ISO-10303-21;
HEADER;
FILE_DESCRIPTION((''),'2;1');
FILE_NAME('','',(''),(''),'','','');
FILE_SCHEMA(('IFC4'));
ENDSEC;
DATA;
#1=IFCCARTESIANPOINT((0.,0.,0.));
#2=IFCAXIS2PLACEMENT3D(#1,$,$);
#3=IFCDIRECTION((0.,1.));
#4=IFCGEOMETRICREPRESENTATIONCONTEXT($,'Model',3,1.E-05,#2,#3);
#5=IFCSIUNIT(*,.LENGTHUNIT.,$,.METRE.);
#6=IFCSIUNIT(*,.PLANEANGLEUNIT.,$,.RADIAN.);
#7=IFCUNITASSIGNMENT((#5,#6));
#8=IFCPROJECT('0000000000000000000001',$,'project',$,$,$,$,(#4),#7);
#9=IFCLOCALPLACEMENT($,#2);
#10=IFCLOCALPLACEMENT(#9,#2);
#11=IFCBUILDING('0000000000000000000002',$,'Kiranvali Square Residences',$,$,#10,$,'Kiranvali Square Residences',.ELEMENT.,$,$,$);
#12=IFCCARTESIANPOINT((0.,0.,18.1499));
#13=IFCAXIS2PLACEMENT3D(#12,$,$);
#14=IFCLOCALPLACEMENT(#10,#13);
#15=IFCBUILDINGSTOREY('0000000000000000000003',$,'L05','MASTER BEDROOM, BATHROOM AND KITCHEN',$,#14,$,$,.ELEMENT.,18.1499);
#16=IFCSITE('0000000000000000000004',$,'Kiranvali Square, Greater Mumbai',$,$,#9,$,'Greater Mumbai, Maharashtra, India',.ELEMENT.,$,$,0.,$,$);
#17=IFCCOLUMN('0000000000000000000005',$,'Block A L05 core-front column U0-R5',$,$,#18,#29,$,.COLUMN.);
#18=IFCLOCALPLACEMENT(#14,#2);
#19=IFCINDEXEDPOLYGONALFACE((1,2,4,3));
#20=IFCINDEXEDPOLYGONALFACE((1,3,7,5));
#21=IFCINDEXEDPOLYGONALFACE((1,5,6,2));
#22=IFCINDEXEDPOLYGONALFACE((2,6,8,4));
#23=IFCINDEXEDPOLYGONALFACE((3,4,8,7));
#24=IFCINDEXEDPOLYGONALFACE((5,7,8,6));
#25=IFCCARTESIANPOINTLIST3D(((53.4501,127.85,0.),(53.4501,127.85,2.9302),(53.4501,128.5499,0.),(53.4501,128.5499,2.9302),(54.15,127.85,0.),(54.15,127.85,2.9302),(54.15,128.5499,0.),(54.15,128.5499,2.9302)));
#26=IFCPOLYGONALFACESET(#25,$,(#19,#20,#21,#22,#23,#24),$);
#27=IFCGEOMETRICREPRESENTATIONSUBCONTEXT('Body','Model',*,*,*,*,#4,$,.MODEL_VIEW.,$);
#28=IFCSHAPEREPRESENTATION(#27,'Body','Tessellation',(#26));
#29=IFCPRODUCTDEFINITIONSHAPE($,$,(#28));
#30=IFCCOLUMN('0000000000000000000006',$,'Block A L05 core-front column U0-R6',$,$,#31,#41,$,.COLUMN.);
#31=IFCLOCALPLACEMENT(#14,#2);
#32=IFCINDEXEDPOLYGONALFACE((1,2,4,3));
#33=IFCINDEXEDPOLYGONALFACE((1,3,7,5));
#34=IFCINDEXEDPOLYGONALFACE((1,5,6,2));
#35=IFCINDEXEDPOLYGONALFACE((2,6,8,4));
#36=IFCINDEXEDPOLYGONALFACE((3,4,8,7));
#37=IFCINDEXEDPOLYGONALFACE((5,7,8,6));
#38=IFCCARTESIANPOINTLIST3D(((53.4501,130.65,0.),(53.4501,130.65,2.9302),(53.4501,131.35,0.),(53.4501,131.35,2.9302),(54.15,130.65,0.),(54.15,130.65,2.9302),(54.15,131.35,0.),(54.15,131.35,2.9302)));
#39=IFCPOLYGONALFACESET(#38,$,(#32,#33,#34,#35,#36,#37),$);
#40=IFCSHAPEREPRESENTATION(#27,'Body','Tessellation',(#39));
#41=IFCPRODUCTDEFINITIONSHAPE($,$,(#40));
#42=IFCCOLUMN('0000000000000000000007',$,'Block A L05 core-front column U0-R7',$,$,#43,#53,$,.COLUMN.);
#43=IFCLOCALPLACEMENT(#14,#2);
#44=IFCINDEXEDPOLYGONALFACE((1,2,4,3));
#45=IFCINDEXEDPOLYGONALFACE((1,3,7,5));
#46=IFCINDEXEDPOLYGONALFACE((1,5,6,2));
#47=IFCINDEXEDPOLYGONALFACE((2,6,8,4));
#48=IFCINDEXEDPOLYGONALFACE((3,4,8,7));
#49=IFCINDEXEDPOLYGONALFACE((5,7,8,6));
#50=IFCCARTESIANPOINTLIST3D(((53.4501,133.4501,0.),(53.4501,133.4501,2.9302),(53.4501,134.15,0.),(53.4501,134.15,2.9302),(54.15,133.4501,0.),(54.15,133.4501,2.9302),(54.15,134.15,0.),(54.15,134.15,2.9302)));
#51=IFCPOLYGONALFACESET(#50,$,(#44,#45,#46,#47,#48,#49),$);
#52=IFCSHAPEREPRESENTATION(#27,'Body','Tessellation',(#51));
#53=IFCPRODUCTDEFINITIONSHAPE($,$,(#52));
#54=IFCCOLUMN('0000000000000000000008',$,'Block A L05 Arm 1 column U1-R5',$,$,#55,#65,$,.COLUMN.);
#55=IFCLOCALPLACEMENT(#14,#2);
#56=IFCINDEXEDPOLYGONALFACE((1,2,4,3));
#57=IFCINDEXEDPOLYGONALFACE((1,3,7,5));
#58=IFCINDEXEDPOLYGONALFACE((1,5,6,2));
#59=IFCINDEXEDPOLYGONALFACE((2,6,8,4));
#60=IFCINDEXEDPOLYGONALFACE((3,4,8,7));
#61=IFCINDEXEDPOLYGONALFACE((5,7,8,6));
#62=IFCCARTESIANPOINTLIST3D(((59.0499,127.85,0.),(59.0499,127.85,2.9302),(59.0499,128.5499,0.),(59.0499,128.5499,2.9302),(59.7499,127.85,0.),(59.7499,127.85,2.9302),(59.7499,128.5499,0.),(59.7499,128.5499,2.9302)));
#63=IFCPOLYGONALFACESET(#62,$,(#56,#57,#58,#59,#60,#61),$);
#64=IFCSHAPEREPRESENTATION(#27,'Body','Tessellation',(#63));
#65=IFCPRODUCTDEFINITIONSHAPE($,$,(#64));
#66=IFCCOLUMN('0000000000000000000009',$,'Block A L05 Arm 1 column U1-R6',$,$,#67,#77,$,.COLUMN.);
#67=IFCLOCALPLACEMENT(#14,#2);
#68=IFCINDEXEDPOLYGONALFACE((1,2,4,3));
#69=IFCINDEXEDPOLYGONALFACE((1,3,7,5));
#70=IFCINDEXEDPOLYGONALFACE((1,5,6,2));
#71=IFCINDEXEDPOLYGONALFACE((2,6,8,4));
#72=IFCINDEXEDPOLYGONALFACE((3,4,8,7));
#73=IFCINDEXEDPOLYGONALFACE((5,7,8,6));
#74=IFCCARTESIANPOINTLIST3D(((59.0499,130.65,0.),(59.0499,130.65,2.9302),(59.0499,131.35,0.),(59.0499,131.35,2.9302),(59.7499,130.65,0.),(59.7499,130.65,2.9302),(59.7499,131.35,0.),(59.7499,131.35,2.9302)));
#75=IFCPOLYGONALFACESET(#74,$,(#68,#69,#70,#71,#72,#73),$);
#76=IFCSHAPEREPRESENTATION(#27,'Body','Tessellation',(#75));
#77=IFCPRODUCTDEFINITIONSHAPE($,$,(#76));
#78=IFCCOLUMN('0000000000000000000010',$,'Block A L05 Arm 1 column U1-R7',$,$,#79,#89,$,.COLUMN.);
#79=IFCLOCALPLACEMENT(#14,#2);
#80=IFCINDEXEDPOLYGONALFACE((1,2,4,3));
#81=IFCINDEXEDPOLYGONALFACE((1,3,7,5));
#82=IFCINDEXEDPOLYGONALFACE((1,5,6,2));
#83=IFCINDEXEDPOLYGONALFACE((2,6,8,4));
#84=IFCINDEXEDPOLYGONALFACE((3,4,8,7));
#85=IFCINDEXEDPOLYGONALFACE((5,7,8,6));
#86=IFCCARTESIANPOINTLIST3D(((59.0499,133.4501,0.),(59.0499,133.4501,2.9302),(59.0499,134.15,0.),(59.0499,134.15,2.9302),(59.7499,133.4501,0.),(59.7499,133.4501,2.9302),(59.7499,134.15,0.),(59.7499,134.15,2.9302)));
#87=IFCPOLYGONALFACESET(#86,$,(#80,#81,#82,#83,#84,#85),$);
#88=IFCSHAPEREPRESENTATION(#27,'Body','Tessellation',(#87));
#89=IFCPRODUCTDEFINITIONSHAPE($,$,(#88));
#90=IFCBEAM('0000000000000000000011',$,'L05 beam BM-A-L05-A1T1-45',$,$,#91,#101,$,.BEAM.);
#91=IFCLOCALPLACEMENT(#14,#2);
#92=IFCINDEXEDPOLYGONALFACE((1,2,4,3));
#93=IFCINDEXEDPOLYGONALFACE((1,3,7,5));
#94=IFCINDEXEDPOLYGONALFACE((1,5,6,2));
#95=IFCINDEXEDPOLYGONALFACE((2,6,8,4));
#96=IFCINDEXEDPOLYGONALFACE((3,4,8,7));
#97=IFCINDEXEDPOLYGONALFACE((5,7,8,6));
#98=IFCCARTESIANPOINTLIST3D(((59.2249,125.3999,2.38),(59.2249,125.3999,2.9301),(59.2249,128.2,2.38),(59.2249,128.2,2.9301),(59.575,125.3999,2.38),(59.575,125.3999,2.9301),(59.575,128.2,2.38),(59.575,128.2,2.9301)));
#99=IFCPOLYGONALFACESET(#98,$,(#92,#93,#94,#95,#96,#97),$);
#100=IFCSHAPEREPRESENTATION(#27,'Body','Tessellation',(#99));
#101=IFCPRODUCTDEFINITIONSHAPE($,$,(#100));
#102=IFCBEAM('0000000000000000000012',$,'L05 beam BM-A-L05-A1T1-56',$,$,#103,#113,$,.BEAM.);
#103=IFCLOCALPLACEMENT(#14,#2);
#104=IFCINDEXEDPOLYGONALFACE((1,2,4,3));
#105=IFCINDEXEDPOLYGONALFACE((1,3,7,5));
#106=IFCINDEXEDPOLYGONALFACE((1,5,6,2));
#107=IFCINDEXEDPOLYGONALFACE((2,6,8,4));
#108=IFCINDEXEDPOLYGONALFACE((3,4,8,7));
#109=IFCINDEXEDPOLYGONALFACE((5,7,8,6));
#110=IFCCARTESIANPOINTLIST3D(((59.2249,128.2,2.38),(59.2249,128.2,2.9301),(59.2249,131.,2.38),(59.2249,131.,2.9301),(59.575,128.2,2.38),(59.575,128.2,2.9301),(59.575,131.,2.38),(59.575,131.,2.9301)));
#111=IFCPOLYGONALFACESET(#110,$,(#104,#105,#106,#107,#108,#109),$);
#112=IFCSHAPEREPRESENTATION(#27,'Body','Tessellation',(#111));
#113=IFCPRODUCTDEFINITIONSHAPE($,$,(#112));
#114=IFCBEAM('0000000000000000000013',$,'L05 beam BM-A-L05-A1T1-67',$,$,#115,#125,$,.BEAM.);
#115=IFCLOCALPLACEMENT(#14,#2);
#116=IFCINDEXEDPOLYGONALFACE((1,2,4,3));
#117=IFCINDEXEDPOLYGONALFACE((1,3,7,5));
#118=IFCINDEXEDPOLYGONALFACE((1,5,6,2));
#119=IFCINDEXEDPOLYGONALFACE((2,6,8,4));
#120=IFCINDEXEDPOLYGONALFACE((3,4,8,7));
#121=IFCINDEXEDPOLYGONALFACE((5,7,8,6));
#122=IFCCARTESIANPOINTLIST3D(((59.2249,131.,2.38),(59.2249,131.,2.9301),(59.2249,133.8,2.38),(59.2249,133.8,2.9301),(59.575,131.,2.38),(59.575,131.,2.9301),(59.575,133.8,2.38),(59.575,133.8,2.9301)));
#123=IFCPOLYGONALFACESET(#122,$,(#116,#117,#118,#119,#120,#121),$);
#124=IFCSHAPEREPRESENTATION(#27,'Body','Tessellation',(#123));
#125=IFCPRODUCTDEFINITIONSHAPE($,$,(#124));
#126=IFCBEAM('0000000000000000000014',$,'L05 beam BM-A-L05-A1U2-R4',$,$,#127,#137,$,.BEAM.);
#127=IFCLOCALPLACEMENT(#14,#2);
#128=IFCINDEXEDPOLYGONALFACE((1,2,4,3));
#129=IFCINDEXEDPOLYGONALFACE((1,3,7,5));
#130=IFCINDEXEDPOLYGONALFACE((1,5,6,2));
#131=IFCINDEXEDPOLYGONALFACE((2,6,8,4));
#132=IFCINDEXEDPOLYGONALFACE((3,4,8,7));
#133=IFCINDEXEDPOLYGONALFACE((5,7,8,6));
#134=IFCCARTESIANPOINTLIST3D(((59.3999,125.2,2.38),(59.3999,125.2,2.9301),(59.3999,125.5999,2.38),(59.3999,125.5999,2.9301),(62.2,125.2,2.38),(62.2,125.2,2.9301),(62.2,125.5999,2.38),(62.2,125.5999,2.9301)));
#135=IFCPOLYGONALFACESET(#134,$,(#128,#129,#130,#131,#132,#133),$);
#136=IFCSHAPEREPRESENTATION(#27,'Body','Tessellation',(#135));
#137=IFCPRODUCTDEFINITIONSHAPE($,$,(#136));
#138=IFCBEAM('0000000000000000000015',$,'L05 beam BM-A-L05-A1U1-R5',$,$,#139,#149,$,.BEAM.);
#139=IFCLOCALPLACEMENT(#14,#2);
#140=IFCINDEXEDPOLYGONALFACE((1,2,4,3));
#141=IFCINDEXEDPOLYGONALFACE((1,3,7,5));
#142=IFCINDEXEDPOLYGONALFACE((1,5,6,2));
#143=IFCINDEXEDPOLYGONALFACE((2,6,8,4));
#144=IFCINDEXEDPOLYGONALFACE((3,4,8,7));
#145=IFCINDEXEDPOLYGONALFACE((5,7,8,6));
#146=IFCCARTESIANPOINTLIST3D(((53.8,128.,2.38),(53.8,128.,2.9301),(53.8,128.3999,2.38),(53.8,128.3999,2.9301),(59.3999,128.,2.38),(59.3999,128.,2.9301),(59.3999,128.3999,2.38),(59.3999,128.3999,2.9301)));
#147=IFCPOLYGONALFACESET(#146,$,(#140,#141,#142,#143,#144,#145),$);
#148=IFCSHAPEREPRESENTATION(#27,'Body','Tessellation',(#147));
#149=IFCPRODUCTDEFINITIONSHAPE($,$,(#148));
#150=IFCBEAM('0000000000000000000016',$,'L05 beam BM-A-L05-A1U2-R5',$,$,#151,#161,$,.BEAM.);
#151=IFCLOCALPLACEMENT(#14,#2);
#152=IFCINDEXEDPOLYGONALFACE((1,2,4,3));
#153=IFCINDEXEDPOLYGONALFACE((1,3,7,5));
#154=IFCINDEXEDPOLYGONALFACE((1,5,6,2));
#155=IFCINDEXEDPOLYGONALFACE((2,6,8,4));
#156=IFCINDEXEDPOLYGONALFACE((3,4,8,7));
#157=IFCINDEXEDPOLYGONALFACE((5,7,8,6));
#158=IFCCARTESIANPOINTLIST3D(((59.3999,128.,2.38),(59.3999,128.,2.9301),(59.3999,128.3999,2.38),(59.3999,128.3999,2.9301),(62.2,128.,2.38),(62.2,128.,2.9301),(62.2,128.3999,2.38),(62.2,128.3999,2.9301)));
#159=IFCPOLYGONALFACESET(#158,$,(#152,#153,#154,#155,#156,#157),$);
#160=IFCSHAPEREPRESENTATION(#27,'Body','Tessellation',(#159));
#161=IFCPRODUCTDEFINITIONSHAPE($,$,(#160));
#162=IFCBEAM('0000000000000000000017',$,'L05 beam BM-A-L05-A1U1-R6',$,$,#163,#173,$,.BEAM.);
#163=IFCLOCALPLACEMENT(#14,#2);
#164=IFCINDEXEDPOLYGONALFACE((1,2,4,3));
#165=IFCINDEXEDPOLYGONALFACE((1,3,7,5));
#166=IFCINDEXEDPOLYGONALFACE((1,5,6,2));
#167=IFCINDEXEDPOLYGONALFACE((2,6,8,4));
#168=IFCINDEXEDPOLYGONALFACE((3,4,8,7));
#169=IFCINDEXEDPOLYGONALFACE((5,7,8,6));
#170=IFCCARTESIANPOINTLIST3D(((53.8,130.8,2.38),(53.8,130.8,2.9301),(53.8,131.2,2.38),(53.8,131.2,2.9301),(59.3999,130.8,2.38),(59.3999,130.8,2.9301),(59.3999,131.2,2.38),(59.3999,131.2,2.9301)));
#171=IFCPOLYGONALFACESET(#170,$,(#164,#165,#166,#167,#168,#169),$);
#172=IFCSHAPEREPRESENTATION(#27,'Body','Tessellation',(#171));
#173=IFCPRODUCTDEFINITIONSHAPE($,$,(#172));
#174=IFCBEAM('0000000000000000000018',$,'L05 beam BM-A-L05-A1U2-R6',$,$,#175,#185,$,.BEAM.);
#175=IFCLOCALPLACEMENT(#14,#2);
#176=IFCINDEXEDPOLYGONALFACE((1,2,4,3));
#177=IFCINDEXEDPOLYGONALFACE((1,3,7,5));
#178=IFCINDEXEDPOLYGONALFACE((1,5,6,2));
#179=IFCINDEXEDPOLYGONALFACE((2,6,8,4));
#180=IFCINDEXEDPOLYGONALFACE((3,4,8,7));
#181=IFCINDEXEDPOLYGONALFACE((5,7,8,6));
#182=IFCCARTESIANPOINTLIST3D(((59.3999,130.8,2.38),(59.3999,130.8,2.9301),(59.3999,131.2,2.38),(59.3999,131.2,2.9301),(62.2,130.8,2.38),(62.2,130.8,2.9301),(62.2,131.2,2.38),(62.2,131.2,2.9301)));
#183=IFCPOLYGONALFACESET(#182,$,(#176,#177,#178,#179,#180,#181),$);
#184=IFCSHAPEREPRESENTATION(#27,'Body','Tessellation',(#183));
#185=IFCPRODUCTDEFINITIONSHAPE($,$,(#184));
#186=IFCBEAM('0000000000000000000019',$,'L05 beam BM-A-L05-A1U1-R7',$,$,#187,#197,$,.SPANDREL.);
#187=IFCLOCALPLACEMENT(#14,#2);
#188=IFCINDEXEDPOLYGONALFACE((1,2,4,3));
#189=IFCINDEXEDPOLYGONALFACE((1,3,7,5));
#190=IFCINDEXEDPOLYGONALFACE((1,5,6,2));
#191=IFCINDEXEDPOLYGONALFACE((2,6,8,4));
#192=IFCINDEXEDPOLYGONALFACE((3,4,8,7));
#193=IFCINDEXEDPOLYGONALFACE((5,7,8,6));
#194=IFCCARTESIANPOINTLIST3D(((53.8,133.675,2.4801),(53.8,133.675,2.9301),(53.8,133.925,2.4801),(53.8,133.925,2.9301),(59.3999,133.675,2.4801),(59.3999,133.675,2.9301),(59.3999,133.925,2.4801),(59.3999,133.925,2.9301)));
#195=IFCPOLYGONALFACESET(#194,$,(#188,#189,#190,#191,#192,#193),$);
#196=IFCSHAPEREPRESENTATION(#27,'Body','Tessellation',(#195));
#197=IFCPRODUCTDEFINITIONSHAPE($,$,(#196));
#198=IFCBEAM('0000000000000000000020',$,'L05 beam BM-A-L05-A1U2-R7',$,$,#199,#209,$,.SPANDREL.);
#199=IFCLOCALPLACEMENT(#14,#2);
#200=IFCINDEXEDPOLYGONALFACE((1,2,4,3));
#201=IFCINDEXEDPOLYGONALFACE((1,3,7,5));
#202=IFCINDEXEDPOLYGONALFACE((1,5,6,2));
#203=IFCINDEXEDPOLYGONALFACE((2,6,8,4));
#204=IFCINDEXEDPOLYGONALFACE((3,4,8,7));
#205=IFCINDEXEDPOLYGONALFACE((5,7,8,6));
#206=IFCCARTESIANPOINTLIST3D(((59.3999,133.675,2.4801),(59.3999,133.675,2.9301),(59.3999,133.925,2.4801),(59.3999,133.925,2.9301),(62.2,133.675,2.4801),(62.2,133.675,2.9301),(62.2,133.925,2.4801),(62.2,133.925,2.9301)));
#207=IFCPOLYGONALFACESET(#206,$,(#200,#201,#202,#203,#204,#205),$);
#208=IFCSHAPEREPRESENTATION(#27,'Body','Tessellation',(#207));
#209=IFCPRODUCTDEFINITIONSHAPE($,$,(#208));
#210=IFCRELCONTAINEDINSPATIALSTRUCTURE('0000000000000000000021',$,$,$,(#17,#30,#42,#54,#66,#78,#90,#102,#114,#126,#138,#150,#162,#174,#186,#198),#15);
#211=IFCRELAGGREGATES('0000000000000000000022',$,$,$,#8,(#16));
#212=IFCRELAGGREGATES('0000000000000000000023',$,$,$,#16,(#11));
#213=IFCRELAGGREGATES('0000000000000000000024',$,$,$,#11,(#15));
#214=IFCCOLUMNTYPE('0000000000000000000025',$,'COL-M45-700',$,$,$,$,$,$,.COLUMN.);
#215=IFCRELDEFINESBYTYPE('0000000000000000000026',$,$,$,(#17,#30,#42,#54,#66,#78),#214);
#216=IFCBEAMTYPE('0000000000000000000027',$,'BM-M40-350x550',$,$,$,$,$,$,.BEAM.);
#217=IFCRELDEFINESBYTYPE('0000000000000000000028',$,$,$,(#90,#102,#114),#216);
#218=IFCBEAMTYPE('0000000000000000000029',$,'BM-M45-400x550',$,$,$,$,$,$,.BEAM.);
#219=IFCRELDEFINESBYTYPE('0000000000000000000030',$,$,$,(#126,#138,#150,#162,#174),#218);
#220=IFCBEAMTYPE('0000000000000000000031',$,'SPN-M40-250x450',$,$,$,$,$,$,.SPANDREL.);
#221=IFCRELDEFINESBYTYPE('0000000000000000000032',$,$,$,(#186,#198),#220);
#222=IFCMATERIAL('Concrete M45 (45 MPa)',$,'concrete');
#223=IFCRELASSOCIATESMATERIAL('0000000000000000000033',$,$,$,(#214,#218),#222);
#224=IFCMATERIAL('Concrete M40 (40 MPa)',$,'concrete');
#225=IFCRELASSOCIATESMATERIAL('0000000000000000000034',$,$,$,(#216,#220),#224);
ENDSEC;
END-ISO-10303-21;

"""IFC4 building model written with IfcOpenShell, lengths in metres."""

from ifc_helpers import new_model, si_unit, direction, frame, origin, origin_2d, place, context, subcontext, project, spatial, rectangle, extrude, material, material_profile, profile_set, type_object, element, save


model = new_model("IFC4")

# Units and contexts
model_context = context("Model", 3, precision=1e-05, world=origin(), true_north=direction((0.0, 1.0)))
body_context = subcontext(model_context, "Body", "Model", "MODEL_VIEW")
ifc_project = project(units=[si_unit("LENGTHUNIT", "METRE"), si_unit("PLANEANGLEUNIT", "RADIAN")], contexts=[model_context])

# Site, building, storey
site_placement = place(None, origin())
site = spatial("IfcSite", under=ifc_project, at=site_placement, Name="Kiranvali Square, Greater Mumbai", LongName="Greater Mumbai, Maharashtra, India", CompositionType="ELEMENT", RefElevation=0.0)
building_placement = place(site_placement, origin())
building = spatial("IfcBuilding", under=site, at=building_placement, Name="Kiranvali Square Residences", LongName="Kiranvali Square Residences", CompositionType="ELEMENT")
storey_placement = place(building_placement, frame((0.0, 0.0, 18.1499)))
storey = spatial("IfcBuildingStorey", under=building, at=storey_placement, Name="L05", Description="MASTER BEDROOM, BATHROOM AND KITCHEN", CompositionType="ELEMENT", Elevation=18.1499)

# Columns
ifc_material_1 = material(Name="Concrete M45 (45 MPa)", Category="concrete")
ifc_material_profile_1 = material_profile(ifc_material_1, rectangle(XDim=0.7, YDim=0.7, at=origin_2d()), Name="RC 700x700")
ifc_profile_set_1 = profile_set([ifc_material_profile_1], Name="Concrete M45 (45 MPa)")
column_type = type_object("IfcColumnType", Name="COL-M45-700", PredefinedType="COLUMN", material=ifc_profile_set_1)
for number, where, z_axis, x_axis, name in (
    (1, (53.8, 128.2, 0.0), (0.0, 0.0, 1.0), (1.0, 0.0, 0.0), "Block A L05 core-front column U0-R5"),
    (2, (53.8, 131.0, 0.0), (0.0, 0.0, 1.0), (1.0, 0.0, 0.0), "Block A L05 core-front column U0-R6"),
    (3, (53.8, 133.8, 0.0), (0.0, 0.0, 1.0), (1.0, 0.0, 0.0), "Block A L05 core-front column U0-R7"),
    (4, (59.3999, 128.2, 0.0), (0.0, 0.0, 1.0), (1.0, 0.0, 0.0), "Block A L05 Arm 1 column U1-R5"),
    (5, (59.3999, 131.0, 0.0), (0.0, 0.0, 1.0), (1.0, 0.0, 0.0), "Block A L05 Arm 1 column U1-R6"),
    (6, (59.3999, 133.8, 0.0), (0.0, 0.0, 1.0), (1.0, 0.0, 0.0), "Block A L05 Arm 1 column U1-R7"),
):
    element("IfcColumn", number, at=place(storey_placement, frame(where, z_axis=z_axis, x_axis=x_axis)), inside=storey, type_object=column_type, Name=name, PredefinedType="COLUMN", context=body_context, shape_type="SweptSolid", body=[
        extrude(rectangle(XDim=0.7, YDim=0.7, at=origin_2d()), origin(), (0.0, 0.0, 1.0), 2.9302),
    ])

# Beams
ifc_material_2 = material(Name="Concrete M40 (40 MPa)", Category="concrete")
ifc_material_profile_2 = material_profile(ifc_material_2, rectangle(XDim=0.3501, YDim=0.55, at=origin_2d()), Name="RC 350x550")
ifc_profile_set_2 = profile_set([ifc_material_profile_2], Name="Concrete M40 (40 MPa)")
beam_type_1 = type_object("IfcBeamType", Name="BM-M40-350x550", PredefinedType="BEAM", material=ifc_profile_set_2)
for number, where, z_axis, x_axis, name in (
    (7, (59.3999, 125.3999, 2.655), (0.0, 1.0, 0.0), (-1.0, 0.0, 0.0), "L05 beam BM-A-L05-A1T1-45"),
    (8, (59.3999, 128.2, 2.655), (0.0, 1.0, 0.0), (-1.0, 0.0, 0.0), "L05 beam BM-A-L05-A1T1-56"),
    (9, (59.3999, 131.0, 2.655), (0.0, 1.0, 0.0), (-1.0, 0.0, 0.0), "L05 beam BM-A-L05-A1T1-67"),
):
    element("IfcBeam", number, at=place(storey_placement, frame(where, z_axis=z_axis, x_axis=x_axis)), inside=storey, type_object=beam_type_1, Name=name, PredefinedType="BEAM", context=body_context, shape_type="SweptSolid", body=[
        extrude(rectangle(XDim=0.3501, YDim=0.55, at=origin_2d()), origin(), (0.0, 0.0, 1.0), 2.8),
    ])
ifc_material_profile_3 = material_profile(ifc_material_1, rectangle(XDim=0.3999, YDim=0.55, at=origin_2d()), Name="RC 400x550")
ifc_profile_set_3 = profile_set([ifc_material_profile_3], Name="Concrete M45 (45 MPa)")
beam_type_2 = type_object("IfcBeamType", Name="BM-M45-400x550", PredefinedType="BEAM", material=ifc_profile_set_3)
beam_1_placement = place(storey_placement, frame((59.3999, 125.3999, 2.655), z_axis=(1.0, 0.0, 0.0), x_axis=(0.0, 1.0, 0.0)))
element("IfcBeam", 10, at=beam_1_placement, inside=storey, type_object=beam_type_2, Name="L05 beam BM-A-L05-A1U2-R4", PredefinedType="BEAM", context=body_context, shape_type="SweptSolid", body=[
    extrude(rectangle(XDim=0.3999, YDim=0.55, at=origin_2d()), origin(), (0.0, 0.0, 1.0), 2.8),
])
beam_2_placement = place(storey_placement, frame((53.8, 128.2, 2.655), z_axis=(1.0, 0.0, 0.0), x_axis=(0.0, 1.0, 0.0)))
element("IfcBeam", 11, at=beam_2_placement, inside=storey, type_object=beam_type_2, Name="L05 beam BM-A-L05-A1U1-R5", PredefinedType="BEAM", context=body_context, shape_type="SweptSolid", body=[
    extrude(rectangle(XDim=0.3999, YDim=0.55, at=origin_2d()), origin(), (0.0, 0.0, 1.0), 5.5999),
])
beam_3_placement = place(storey_placement, frame((59.3999, 128.2, 2.655), z_axis=(1.0, 0.0, 0.0), x_axis=(0.0, 1.0, 0.0)))
element("IfcBeam", 12, at=beam_3_placement, inside=storey, type_object=beam_type_2, Name="L05 beam BM-A-L05-A1U2-R5", PredefinedType="BEAM", context=body_context, shape_type="SweptSolid", body=[
    extrude(rectangle(XDim=0.3999, YDim=0.55, at=origin_2d()), origin(), (0.0, 0.0, 1.0), 2.8),
])
beam_4_placement = place(storey_placement, frame((53.8, 131.0, 2.655), z_axis=(1.0, 0.0, 0.0), x_axis=(0.0, 1.0, 0.0)))
element("IfcBeam", 13, at=beam_4_placement, inside=storey, type_object=beam_type_2, Name="L05 beam BM-A-L05-A1U1-R6", PredefinedType="BEAM", context=body_context, shape_type="SweptSolid", body=[
    extrude(rectangle(XDim=0.3999, YDim=0.55, at=origin_2d()), origin(), (0.0, 0.0, 1.0), 5.5999),
])
beam_5_placement = place(storey_placement, frame((59.3999, 131.0, 2.655), z_axis=(1.0, 0.0, 0.0), x_axis=(0.0, 1.0, 0.0)))
element("IfcBeam", 14, at=beam_5_placement, inside=storey, type_object=beam_type_2, Name="L05 beam BM-A-L05-A1U2-R6", PredefinedType="BEAM", context=body_context, shape_type="SweptSolid", body=[
    extrude(rectangle(XDim=0.3999, YDim=0.55, at=origin_2d()), origin(), (0.0, 0.0, 1.0), 2.8),
])
ifc_material_profile_4 = material_profile(ifc_material_2, rectangle(XDim=0.25, YDim=0.45, at=origin_2d()), Name="RC 250x450")
ifc_profile_set_4 = profile_set([ifc_material_profile_4], Name="Concrete M40 (40 MPa)")
beam_type_3 = type_object("IfcBeamType", Name="SPN-M40-250x450", PredefinedType="SPANDREL", material=ifc_profile_set_4)
beam_6_placement = place(storey_placement, frame((53.8, 133.8, 2.7051), z_axis=(1.0, 0.0, 0.0), x_axis=(0.0, 1.0, 0.0)))
element("IfcBeam", 15, at=beam_6_placement, inside=storey, type_object=beam_type_3, Name="L05 beam BM-A-L05-A1U1-R7", PredefinedType="SPANDREL", context=body_context, shape_type="SweptSolid", body=[
    extrude(rectangle(XDim=0.25, YDim=0.45, at=origin_2d()), origin(), (0.0, 0.0, 1.0), 5.5999),
])
beam_7_placement = place(storey_placement, frame((59.3999, 133.8, 2.7051), z_axis=(1.0, 0.0, 0.0), x_axis=(0.0, 1.0, 0.0)))
element("IfcBeam", 16, at=beam_7_placement, inside=storey, type_object=beam_type_3, Name="L05 beam BM-A-L05-A1U2-R7", PredefinedType="SPANDREL", context=body_context, shape_type="SweptSolid", body=[
    extrude(rectangle(XDim=0.25, YDim=0.45, at=origin_2d()), origin(), (0.0, 0.0, 1.0), 2.8),
])

save(model, "model.ifc")
